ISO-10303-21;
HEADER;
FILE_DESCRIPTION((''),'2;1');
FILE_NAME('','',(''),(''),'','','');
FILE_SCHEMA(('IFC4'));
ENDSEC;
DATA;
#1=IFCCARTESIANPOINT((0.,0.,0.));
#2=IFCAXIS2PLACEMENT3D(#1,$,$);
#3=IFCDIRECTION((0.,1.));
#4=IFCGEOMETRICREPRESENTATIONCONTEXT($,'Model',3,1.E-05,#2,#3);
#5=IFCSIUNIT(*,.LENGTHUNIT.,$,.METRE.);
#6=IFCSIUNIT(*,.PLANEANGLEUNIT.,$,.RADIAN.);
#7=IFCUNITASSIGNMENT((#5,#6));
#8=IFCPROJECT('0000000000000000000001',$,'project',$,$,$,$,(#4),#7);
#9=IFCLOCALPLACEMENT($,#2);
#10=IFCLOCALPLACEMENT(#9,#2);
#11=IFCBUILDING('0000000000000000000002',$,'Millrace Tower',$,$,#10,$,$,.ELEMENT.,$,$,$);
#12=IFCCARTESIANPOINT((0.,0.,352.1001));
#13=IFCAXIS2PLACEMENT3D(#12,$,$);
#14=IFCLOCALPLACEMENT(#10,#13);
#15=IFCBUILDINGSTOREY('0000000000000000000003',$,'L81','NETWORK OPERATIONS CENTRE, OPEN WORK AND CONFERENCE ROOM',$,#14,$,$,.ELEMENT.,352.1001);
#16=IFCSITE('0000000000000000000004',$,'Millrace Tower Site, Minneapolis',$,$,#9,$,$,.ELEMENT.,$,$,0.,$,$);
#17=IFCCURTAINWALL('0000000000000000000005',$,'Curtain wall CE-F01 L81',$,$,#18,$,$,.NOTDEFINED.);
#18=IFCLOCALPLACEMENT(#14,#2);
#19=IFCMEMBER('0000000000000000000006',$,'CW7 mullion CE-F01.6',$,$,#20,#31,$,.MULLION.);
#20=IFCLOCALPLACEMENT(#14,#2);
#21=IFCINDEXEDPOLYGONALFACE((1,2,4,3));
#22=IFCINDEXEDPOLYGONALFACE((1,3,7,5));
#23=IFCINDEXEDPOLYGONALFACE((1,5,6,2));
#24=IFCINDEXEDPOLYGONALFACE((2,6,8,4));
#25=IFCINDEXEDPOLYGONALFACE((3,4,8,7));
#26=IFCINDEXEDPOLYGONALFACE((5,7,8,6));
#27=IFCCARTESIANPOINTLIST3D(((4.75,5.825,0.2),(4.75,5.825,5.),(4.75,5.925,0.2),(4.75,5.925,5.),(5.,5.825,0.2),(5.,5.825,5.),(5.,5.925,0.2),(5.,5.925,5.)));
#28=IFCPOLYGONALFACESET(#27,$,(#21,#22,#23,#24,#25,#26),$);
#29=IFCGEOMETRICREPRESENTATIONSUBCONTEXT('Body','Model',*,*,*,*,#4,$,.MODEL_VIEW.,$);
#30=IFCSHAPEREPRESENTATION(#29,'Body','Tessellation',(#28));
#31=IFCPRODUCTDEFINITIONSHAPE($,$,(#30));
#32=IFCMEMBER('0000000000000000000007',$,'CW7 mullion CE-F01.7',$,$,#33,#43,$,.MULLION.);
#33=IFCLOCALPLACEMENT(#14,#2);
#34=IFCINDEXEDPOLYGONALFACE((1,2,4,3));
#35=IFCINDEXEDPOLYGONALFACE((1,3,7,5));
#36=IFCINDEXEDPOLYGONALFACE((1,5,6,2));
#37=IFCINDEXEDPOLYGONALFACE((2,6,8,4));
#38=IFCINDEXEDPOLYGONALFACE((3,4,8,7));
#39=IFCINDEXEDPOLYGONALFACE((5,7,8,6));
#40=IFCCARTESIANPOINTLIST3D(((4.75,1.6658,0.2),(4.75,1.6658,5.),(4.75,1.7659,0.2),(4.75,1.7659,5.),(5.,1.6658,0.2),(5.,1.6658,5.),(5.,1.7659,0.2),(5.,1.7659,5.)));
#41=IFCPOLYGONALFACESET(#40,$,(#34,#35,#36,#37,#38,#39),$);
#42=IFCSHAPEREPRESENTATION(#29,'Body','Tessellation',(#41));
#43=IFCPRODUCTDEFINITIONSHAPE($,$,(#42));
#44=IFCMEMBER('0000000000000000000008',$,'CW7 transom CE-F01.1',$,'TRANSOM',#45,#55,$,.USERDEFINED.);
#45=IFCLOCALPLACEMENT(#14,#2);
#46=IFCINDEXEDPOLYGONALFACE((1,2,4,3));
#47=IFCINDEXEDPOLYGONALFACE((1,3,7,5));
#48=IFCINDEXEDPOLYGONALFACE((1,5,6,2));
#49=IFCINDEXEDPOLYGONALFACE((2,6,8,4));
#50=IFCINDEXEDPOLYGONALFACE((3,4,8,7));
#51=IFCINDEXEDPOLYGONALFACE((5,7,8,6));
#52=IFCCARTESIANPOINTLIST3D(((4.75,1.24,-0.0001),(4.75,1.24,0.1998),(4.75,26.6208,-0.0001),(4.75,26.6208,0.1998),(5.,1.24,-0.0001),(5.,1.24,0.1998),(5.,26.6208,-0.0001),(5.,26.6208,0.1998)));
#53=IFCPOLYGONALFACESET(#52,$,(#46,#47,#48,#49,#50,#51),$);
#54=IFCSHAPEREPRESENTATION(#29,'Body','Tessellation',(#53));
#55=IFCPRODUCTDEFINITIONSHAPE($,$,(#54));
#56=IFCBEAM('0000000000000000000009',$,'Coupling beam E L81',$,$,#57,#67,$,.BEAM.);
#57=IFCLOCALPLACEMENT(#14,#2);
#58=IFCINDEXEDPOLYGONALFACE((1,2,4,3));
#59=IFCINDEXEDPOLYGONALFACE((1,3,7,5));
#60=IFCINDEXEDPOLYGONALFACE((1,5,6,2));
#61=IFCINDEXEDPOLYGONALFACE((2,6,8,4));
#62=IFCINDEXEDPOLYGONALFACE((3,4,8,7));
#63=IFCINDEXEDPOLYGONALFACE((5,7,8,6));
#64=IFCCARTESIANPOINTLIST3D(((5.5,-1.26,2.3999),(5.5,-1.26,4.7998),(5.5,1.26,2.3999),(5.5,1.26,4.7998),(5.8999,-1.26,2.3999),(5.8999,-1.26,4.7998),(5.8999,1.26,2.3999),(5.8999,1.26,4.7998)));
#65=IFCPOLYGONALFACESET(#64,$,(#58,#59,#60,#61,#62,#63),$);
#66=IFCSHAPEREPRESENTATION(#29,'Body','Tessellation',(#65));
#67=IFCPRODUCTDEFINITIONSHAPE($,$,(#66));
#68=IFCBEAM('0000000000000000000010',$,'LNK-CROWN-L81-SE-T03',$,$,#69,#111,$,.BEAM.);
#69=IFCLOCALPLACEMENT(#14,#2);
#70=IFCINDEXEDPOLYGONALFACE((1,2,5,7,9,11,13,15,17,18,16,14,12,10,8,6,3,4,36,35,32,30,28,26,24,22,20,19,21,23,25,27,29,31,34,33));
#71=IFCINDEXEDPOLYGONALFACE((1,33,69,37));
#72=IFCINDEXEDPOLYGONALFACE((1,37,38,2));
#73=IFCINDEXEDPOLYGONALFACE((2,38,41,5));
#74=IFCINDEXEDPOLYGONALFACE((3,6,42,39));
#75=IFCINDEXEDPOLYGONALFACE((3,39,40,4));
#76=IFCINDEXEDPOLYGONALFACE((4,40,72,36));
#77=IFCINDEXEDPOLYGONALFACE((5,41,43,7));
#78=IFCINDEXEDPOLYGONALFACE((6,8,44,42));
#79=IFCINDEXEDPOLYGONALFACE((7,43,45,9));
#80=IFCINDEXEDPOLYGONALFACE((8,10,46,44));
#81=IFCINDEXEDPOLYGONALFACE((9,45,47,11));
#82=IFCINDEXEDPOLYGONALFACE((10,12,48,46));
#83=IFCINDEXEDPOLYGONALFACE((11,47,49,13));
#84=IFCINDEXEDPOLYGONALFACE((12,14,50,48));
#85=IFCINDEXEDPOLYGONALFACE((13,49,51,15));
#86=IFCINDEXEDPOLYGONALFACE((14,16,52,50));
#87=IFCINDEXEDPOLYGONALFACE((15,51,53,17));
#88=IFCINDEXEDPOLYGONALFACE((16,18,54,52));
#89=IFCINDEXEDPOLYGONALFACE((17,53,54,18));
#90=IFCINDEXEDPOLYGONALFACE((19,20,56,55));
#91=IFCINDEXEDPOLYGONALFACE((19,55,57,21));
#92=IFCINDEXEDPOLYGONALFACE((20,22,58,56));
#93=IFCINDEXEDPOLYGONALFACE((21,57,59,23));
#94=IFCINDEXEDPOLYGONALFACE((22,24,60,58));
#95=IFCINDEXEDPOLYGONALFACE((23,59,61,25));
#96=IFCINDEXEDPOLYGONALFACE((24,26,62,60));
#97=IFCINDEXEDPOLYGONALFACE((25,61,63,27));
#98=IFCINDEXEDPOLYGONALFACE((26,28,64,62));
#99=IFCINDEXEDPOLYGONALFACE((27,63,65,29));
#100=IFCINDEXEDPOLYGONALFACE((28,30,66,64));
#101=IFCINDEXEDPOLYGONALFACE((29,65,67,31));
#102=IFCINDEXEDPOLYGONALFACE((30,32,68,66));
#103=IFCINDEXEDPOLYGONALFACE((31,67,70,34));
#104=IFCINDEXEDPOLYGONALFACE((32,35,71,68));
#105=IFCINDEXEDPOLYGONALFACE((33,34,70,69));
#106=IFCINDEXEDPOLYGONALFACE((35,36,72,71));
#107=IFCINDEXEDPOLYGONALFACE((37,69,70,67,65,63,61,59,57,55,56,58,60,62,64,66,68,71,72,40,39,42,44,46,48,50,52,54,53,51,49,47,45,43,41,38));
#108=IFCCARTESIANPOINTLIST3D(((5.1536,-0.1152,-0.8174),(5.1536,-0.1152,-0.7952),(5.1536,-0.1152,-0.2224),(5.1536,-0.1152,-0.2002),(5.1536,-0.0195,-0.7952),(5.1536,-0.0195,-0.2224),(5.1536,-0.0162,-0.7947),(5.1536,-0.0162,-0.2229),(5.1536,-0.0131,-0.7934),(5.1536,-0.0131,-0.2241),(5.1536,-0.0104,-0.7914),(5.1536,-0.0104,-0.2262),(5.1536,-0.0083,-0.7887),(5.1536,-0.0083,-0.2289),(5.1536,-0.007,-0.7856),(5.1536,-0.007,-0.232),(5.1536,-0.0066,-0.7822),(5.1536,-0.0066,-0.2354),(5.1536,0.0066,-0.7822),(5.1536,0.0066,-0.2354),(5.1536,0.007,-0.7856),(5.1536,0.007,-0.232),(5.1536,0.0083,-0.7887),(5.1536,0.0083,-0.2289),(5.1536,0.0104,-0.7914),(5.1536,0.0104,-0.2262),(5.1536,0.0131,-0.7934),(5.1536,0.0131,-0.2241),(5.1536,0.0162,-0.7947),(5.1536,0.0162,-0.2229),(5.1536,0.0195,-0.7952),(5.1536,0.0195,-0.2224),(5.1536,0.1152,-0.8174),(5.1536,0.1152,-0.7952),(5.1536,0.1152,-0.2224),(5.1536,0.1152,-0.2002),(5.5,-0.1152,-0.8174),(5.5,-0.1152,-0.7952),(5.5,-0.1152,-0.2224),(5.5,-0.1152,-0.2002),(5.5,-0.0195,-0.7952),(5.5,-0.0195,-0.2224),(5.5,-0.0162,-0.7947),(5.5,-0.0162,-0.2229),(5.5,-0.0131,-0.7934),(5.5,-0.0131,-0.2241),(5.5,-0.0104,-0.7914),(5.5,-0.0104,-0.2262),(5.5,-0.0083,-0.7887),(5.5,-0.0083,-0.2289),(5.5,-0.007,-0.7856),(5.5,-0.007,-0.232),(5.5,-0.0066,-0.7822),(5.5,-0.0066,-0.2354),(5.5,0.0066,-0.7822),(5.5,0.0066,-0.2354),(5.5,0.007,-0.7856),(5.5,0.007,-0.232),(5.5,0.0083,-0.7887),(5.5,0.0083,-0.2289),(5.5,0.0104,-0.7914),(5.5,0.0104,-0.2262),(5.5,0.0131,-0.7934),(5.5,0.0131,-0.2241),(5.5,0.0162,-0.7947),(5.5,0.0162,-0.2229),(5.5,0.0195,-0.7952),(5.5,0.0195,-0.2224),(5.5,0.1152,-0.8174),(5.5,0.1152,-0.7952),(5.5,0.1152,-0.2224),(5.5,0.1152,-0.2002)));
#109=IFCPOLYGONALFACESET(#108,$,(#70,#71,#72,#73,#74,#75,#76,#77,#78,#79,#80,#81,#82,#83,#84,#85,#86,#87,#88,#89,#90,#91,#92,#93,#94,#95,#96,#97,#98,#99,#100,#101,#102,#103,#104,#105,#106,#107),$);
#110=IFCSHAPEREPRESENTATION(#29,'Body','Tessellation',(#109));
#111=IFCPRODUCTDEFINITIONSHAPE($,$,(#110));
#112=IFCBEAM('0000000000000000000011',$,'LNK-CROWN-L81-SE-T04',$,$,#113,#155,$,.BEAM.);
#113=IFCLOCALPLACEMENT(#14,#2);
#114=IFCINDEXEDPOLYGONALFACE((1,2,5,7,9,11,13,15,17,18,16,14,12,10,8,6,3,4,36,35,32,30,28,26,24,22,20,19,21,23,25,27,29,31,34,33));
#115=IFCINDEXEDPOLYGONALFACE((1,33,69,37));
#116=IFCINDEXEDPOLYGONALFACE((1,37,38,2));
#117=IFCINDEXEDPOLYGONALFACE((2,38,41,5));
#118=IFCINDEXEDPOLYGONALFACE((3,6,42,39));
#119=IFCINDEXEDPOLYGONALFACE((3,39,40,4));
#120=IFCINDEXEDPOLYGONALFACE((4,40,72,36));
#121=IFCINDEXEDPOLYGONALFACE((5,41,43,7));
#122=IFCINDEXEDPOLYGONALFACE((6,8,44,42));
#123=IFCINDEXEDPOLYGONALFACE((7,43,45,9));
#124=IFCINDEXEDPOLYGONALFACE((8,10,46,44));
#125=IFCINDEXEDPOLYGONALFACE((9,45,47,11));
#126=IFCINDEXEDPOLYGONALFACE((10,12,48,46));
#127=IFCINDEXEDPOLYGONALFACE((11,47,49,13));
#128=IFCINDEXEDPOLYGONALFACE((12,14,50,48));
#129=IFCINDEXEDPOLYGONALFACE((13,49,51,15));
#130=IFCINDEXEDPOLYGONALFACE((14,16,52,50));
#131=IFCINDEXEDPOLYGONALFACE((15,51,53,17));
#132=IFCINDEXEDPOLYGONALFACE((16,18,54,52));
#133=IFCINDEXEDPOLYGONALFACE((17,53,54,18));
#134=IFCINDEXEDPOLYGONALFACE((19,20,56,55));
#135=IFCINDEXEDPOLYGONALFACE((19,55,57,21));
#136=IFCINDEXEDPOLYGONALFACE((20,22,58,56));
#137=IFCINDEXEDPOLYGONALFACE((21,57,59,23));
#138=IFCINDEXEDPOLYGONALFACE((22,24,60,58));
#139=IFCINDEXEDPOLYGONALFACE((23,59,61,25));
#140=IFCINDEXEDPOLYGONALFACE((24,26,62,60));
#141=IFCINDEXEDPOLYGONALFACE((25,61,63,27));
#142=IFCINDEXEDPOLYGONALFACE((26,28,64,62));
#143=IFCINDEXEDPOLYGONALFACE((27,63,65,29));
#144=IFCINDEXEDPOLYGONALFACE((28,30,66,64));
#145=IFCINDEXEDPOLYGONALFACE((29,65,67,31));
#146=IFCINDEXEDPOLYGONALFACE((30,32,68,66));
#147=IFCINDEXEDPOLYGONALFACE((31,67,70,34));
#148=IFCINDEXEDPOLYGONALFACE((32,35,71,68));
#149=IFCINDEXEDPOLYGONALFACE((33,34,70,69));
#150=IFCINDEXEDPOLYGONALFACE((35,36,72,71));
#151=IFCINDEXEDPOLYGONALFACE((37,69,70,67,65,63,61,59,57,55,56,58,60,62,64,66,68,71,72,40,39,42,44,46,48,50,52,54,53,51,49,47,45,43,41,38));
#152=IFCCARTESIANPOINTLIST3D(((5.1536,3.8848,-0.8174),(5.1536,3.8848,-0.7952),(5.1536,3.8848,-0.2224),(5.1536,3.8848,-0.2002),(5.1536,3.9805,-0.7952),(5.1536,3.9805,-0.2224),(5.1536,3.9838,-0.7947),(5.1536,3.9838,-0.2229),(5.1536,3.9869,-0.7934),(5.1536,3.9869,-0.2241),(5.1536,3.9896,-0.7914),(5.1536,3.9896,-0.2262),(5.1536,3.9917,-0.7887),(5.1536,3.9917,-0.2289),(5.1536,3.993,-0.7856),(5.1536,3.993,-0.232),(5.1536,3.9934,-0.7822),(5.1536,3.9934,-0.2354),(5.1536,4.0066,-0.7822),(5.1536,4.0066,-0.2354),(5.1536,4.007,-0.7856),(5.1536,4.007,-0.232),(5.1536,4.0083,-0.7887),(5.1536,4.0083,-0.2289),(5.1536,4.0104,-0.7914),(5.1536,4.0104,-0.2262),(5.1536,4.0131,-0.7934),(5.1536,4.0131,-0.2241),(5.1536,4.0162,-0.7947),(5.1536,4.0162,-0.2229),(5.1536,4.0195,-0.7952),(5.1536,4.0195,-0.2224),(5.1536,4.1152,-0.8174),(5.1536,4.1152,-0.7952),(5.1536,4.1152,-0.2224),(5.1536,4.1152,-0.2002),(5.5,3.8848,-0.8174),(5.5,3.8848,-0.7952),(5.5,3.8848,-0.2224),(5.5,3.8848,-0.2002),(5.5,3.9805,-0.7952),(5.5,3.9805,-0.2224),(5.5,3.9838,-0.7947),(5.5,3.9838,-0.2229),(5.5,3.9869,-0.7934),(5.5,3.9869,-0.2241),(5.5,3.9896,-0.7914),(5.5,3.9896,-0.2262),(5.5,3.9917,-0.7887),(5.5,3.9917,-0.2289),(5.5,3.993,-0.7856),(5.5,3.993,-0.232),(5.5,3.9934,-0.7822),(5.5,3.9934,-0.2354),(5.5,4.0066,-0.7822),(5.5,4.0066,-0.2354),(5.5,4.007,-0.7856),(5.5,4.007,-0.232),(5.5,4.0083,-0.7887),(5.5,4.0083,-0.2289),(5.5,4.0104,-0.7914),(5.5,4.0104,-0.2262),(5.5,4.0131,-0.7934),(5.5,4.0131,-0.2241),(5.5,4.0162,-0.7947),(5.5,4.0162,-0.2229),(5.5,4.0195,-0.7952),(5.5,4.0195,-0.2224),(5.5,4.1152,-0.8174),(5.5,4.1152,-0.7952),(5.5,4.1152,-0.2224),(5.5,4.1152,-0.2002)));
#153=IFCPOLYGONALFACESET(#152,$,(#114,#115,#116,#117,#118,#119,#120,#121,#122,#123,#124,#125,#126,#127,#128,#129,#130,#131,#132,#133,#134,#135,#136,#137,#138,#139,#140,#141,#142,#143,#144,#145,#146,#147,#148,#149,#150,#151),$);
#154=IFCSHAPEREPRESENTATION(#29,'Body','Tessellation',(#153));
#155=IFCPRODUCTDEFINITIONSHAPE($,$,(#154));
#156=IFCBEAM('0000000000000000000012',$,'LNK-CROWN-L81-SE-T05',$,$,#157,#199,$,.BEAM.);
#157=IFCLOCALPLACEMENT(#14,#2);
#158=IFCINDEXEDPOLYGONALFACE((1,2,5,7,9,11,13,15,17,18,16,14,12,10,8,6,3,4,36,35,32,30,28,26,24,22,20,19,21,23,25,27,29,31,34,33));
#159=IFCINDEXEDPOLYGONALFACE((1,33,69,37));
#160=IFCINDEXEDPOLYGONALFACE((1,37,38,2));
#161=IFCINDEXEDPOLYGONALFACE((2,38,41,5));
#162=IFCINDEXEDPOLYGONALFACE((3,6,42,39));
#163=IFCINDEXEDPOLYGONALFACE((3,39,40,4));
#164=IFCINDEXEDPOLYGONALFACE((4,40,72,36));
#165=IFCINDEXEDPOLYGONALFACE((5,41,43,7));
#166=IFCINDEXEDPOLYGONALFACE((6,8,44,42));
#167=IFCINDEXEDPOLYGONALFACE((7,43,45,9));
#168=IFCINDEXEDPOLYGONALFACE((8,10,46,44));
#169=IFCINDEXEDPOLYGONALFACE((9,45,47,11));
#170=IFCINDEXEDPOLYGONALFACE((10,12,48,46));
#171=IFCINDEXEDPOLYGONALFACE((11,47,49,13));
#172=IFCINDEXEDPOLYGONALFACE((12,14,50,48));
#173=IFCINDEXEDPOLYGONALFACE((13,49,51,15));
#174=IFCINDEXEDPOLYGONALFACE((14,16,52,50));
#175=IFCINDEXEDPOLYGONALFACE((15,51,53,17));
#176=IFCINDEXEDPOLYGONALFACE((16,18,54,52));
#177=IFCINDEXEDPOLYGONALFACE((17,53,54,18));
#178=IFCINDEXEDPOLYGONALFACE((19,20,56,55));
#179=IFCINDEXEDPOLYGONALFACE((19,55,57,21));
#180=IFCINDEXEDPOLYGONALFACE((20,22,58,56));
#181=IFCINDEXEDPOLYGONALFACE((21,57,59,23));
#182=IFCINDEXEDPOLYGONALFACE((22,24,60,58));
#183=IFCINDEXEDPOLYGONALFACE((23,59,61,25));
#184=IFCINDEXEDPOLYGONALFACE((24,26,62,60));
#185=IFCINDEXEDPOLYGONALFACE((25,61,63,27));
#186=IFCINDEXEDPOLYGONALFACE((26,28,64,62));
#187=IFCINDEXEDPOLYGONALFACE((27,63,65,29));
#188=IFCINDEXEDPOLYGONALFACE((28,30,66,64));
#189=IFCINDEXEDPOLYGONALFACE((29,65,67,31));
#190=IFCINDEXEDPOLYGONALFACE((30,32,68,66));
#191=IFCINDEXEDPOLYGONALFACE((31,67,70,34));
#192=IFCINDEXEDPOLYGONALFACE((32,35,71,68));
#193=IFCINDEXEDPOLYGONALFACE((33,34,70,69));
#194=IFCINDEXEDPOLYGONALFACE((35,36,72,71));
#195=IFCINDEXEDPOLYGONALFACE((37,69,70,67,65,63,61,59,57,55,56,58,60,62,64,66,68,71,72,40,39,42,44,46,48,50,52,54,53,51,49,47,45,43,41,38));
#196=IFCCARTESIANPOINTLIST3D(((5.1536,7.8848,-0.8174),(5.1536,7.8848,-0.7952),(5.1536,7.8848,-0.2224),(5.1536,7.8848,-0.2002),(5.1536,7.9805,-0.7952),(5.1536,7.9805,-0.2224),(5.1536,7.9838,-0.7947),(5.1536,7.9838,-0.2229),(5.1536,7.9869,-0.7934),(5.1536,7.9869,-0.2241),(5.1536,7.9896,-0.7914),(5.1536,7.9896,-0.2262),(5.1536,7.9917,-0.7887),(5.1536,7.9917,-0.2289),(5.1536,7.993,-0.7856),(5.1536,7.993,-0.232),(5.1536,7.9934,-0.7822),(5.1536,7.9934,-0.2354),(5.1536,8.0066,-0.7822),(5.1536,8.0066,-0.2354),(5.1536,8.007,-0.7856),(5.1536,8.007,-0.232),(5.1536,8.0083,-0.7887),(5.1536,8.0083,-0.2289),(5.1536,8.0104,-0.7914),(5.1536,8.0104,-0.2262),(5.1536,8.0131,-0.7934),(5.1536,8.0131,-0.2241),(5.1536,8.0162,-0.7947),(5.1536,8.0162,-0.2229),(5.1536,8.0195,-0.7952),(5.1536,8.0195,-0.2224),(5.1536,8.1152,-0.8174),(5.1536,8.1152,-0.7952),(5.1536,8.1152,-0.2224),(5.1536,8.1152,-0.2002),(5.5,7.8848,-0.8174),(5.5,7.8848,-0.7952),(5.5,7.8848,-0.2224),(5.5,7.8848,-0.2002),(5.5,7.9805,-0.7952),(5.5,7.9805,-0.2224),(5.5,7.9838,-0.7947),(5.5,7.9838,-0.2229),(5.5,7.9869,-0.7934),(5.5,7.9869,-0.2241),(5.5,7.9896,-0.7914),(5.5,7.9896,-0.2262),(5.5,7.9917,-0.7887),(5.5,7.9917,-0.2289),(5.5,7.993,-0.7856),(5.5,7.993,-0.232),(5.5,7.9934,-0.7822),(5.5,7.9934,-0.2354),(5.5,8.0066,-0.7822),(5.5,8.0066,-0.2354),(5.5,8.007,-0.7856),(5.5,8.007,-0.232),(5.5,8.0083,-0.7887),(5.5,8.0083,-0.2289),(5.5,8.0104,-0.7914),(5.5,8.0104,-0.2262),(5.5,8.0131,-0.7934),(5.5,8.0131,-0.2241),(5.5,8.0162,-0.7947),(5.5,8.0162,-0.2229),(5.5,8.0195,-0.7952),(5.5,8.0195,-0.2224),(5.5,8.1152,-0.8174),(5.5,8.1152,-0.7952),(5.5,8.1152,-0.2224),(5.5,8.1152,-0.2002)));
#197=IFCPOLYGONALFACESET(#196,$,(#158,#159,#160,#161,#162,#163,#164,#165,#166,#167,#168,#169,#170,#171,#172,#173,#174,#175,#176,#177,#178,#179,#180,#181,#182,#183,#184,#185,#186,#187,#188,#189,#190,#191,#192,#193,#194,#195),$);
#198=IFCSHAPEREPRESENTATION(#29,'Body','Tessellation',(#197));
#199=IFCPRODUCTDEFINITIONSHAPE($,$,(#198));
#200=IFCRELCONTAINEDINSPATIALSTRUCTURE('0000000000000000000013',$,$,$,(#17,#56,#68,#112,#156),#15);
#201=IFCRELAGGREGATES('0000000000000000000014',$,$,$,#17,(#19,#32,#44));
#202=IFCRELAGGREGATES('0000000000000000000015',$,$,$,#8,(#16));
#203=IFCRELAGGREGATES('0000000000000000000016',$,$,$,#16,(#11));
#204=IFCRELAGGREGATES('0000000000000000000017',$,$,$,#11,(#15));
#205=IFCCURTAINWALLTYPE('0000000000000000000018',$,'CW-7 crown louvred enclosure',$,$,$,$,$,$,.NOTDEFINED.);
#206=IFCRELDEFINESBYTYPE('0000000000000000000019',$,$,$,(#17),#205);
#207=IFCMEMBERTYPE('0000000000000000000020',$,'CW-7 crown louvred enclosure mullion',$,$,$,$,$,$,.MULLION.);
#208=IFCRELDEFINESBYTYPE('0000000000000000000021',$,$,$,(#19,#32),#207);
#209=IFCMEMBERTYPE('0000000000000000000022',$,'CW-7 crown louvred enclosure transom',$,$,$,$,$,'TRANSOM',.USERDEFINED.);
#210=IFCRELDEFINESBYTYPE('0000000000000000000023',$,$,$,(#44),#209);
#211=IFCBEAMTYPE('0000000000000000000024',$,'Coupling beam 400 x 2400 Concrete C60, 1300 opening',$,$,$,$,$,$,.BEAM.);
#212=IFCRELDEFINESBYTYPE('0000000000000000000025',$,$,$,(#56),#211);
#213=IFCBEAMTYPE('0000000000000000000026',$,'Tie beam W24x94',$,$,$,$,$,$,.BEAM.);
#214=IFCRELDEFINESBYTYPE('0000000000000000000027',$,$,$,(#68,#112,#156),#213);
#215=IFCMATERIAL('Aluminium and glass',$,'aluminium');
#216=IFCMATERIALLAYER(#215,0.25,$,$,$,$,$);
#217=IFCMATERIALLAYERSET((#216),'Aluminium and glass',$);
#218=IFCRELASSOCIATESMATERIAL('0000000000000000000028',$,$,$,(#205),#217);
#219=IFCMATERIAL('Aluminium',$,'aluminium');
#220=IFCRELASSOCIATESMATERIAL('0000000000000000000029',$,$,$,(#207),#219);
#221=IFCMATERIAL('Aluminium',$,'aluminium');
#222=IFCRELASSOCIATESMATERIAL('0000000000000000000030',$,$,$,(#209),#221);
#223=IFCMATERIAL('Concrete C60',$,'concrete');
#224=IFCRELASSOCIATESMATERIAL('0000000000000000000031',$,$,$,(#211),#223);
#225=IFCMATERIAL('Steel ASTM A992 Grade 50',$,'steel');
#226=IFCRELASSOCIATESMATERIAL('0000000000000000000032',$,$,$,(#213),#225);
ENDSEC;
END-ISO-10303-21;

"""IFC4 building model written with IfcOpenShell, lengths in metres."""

from ifc_helpers import new_model, si_unit, direction, frame, origin, origin_2d, place, context, subcontext, project, spatial, rectangle, i_section, extrude, material, layer, layer_set, material_profile, profile_set, type_object, element, aggregate, save


model = new_model("IFC4")

# Units and contexts
model_context = context("Model", 3, precision=1e-05, world=origin(), true_north=direction((0.0, 1.0)))
body_context = subcontext(model_context, "Body", "Model", "MODEL_VIEW")
ifc_project = project(units=[si_unit("LENGTHUNIT", "METRE"), si_unit("PLANEANGLEUNIT", "RADIAN")], contexts=[model_context])

# Site, building, storey
site_placement = place(None, origin())
site = spatial("IfcSite", under=ifc_project, at=site_placement, Name="Millrace Tower Site, Minneapolis", CompositionType="ELEMENT", RefElevation=0.0)
building_placement = place(site_placement, origin())
building = spatial("IfcBuilding", under=site, at=building_placement, Name="Millrace Tower", CompositionType="ELEMENT")
storey_placement = place(building_placement, frame((0.0, 0.0, 352.1001)))
storey = spatial("IfcBuildingStorey", under=building, at=storey_placement, Name="L81", Description="NETWORK OPERATIONS CENTRE, OPEN WORK AND CONFERENCE ROOM", CompositionType="ELEMENT", Elevation=352.1001)

# Curtain wall, members
ifc_material_1 = material(Name="Aluminium and glass", Category="aluminium")
ifc_layer_1 = layer(ifc_material_1, 0.25)
ifc_layer_set_1 = layer_set([ifc_layer_1], Name="Aluminium and glass")
curtain_wall_type = type_object("IfcCurtainWallType", Name="CW-7 crown louvred enclosure", PredefinedType="NOTDEFINED", material=ifc_layer_set_1)
curtain_wall_placement = place(storey_placement, origin())
curtain_wall = element("IfcCurtainWall", 1, at=curtain_wall_placement, inside=storey, type_object=curtain_wall_type, Name="Curtain wall CE-F01 L81", PredefinedType="NOTDEFINED")
ifc_material_2 = material(Name="Aluminium", Category="aluminium")
ifc_material_profile_1 = material_profile(ifc_material_2, rectangle(XDim=0.1001, YDim=0.25, at=origin_2d()))
ifc_profile_set_1 = profile_set([ifc_material_profile_1], Name="Aluminium")
member_type_1 = type_object("IfcMemberType", Name="CW-7 crown louvred enclosure mullion", PredefinedType="MULLION", material=ifc_profile_set_1)
member_1_placement = place(storey_placement, frame((4.875, 5.875, 0.2), z_axis=(0.0, 0.0, 1.0), x_axis=(0.0, -1.0, 0.0)))
member_1 = element("IfcMember", 2, at=member_1_placement, type_object=member_type_1, Name="CW7 mullion CE-F01.6", PredefinedType="MULLION", context=body_context, shape_type="SweptSolid", body=[
    extrude(rectangle(XDim=0.1001, YDim=0.25, at=origin_2d()), origin(), (0.0, 0.0, 1.0), 4.8),
])
member_2_placement = place(storey_placement, frame((4.875, 1.7158, 0.2), z_axis=(0.0, 0.0, 1.0), x_axis=(0.0, -1.0, 0.0)))
member_2 = element("IfcMember", 3, at=member_2_placement, type_object=member_type_1, Name="CW7 mullion CE-F01.7", PredefinedType="MULLION", context=body_context, shape_type="SweptSolid", body=[
    extrude(rectangle(XDim=0.1001, YDim=0.25, at=origin_2d()), origin(), (0.0, 0.0, 1.0), 4.8),
])
ifc_material_3 = material(Name="Aluminium", Category="aluminium")
ifc_material_profile_2 = material_profile(ifc_material_3, rectangle(XDim=0.25, YDim=0.2, at=origin_2d()))
ifc_profile_set_2 = profile_set([ifc_material_profile_2], Name="Aluminium")
member_type_2 = type_object("IfcMemberType", Name="CW-7 crown louvred enclosure transom", ElementType="TRANSOM", PredefinedType="USERDEFINED", material=ifc_profile_set_2)
member_3_placement = place(storey_placement, frame((4.875, 1.24, 0.0999), z_axis=(0.0, 1.0, 0.0), x_axis=(-1.0, 0.0, 0.0)))
member_3 = element("IfcMember", 4, at=member_3_placement, type_object=member_type_2, Name="CW7 transom CE-F01.1", ObjectType="TRANSOM", PredefinedType="USERDEFINED", context=body_context, shape_type="SweptSolid", body=[
    extrude(rectangle(XDim=0.25, YDim=0.2, at=origin_2d()), origin(), (0.0, 0.0, 1.0), 25.3809),
])

# Beams
ifc_material_4 = material(Name="Concrete C60", Category="concrete")
ifc_material_profile_3 = material_profile(ifc_material_4, rectangle(XDim=0.3999, YDim=2.3999, at=origin_2d()))
ifc_profile_set_3 = profile_set([ifc_material_profile_3], Name="Concrete C60")
beam_type_1 = type_object("IfcBeamType", Name="Coupling beam 400 x 2400 Concrete C60, 1300 opening", PredefinedType="BEAM", material=ifc_profile_set_3)
beam_placement = place(storey_placement, frame((5.7, 1.26, 3.5999), z_axis=(0.0, -1.0, 0.0), x_axis=(1.0, 0.0, 0.0)))
element("IfcBeam", 5, at=beam_placement, inside=storey, type_object=beam_type_1, Name="Coupling beam E L81", PredefinedType="BEAM", context=body_context, shape_type="SweptSolid", body=[
    extrude(rectangle(XDim=0.3999, YDim=2.3999, at=origin_2d()), origin(), (0.0, 0.0, 1.0), 2.52),
])
ifc_material_5 = material(Name="Steel ASTM A992 Grade 50", Category="steel")
ifc_material_profile_4 = material_profile(ifc_material_5, i_section(OverallWidth=0.2305, OverallDepth=0.6172, WebThickness=0.0132, FlangeThickness=0.0222, FilletRadius=0.0129, at=origin_2d()))
ifc_profile_set_4 = profile_set([ifc_material_profile_4], Name="Steel ASTM A992 Grade 50")
beam_type_2 = type_object("IfcBeamType", Name="Tie beam W24x94", PredefinedType="BEAM", material=ifc_profile_set_4)
for number, where, z_axis, x_axis, name in (
    (6, (5.1536, 0.0, -0.5088), (1.0, 0.0, 0.0), (0.0, 1.0, 0.0), "LNK-CROWN-L81-SE-T03"),
    (7, (5.1536, 4.0, -0.5088), (1.0, 0.0, 0.0), (0.0, 1.0, 0.0), "LNK-CROWN-L81-SE-T04"),
    (8, (5.1536, 8.0, -0.5088), (1.0, 0.0, 0.0), (0.0, 1.0, 0.0), "LNK-CROWN-L81-SE-T05"),
):
    element("IfcBeam", number, at=place(storey_placement, frame(where, z_axis=z_axis, x_axis=x_axis)), inside=storey, type_object=beam_type_2, Name=name, PredefinedType="BEAM", context=body_context, shape_type="SweptSolid", body=[
        extrude(i_section(OverallWidth=0.2305, OverallDepth=0.6172, WebThickness=0.0132, FlangeThickness=0.0222, FilletRadius=0.0129, at=origin_2d()), origin(), (0.0, 0.0, 1.0), 0.3464),
    ])

aggregate(curtain_wall, [member_1, member_2, member_3])

save(model, "model.ifc")
